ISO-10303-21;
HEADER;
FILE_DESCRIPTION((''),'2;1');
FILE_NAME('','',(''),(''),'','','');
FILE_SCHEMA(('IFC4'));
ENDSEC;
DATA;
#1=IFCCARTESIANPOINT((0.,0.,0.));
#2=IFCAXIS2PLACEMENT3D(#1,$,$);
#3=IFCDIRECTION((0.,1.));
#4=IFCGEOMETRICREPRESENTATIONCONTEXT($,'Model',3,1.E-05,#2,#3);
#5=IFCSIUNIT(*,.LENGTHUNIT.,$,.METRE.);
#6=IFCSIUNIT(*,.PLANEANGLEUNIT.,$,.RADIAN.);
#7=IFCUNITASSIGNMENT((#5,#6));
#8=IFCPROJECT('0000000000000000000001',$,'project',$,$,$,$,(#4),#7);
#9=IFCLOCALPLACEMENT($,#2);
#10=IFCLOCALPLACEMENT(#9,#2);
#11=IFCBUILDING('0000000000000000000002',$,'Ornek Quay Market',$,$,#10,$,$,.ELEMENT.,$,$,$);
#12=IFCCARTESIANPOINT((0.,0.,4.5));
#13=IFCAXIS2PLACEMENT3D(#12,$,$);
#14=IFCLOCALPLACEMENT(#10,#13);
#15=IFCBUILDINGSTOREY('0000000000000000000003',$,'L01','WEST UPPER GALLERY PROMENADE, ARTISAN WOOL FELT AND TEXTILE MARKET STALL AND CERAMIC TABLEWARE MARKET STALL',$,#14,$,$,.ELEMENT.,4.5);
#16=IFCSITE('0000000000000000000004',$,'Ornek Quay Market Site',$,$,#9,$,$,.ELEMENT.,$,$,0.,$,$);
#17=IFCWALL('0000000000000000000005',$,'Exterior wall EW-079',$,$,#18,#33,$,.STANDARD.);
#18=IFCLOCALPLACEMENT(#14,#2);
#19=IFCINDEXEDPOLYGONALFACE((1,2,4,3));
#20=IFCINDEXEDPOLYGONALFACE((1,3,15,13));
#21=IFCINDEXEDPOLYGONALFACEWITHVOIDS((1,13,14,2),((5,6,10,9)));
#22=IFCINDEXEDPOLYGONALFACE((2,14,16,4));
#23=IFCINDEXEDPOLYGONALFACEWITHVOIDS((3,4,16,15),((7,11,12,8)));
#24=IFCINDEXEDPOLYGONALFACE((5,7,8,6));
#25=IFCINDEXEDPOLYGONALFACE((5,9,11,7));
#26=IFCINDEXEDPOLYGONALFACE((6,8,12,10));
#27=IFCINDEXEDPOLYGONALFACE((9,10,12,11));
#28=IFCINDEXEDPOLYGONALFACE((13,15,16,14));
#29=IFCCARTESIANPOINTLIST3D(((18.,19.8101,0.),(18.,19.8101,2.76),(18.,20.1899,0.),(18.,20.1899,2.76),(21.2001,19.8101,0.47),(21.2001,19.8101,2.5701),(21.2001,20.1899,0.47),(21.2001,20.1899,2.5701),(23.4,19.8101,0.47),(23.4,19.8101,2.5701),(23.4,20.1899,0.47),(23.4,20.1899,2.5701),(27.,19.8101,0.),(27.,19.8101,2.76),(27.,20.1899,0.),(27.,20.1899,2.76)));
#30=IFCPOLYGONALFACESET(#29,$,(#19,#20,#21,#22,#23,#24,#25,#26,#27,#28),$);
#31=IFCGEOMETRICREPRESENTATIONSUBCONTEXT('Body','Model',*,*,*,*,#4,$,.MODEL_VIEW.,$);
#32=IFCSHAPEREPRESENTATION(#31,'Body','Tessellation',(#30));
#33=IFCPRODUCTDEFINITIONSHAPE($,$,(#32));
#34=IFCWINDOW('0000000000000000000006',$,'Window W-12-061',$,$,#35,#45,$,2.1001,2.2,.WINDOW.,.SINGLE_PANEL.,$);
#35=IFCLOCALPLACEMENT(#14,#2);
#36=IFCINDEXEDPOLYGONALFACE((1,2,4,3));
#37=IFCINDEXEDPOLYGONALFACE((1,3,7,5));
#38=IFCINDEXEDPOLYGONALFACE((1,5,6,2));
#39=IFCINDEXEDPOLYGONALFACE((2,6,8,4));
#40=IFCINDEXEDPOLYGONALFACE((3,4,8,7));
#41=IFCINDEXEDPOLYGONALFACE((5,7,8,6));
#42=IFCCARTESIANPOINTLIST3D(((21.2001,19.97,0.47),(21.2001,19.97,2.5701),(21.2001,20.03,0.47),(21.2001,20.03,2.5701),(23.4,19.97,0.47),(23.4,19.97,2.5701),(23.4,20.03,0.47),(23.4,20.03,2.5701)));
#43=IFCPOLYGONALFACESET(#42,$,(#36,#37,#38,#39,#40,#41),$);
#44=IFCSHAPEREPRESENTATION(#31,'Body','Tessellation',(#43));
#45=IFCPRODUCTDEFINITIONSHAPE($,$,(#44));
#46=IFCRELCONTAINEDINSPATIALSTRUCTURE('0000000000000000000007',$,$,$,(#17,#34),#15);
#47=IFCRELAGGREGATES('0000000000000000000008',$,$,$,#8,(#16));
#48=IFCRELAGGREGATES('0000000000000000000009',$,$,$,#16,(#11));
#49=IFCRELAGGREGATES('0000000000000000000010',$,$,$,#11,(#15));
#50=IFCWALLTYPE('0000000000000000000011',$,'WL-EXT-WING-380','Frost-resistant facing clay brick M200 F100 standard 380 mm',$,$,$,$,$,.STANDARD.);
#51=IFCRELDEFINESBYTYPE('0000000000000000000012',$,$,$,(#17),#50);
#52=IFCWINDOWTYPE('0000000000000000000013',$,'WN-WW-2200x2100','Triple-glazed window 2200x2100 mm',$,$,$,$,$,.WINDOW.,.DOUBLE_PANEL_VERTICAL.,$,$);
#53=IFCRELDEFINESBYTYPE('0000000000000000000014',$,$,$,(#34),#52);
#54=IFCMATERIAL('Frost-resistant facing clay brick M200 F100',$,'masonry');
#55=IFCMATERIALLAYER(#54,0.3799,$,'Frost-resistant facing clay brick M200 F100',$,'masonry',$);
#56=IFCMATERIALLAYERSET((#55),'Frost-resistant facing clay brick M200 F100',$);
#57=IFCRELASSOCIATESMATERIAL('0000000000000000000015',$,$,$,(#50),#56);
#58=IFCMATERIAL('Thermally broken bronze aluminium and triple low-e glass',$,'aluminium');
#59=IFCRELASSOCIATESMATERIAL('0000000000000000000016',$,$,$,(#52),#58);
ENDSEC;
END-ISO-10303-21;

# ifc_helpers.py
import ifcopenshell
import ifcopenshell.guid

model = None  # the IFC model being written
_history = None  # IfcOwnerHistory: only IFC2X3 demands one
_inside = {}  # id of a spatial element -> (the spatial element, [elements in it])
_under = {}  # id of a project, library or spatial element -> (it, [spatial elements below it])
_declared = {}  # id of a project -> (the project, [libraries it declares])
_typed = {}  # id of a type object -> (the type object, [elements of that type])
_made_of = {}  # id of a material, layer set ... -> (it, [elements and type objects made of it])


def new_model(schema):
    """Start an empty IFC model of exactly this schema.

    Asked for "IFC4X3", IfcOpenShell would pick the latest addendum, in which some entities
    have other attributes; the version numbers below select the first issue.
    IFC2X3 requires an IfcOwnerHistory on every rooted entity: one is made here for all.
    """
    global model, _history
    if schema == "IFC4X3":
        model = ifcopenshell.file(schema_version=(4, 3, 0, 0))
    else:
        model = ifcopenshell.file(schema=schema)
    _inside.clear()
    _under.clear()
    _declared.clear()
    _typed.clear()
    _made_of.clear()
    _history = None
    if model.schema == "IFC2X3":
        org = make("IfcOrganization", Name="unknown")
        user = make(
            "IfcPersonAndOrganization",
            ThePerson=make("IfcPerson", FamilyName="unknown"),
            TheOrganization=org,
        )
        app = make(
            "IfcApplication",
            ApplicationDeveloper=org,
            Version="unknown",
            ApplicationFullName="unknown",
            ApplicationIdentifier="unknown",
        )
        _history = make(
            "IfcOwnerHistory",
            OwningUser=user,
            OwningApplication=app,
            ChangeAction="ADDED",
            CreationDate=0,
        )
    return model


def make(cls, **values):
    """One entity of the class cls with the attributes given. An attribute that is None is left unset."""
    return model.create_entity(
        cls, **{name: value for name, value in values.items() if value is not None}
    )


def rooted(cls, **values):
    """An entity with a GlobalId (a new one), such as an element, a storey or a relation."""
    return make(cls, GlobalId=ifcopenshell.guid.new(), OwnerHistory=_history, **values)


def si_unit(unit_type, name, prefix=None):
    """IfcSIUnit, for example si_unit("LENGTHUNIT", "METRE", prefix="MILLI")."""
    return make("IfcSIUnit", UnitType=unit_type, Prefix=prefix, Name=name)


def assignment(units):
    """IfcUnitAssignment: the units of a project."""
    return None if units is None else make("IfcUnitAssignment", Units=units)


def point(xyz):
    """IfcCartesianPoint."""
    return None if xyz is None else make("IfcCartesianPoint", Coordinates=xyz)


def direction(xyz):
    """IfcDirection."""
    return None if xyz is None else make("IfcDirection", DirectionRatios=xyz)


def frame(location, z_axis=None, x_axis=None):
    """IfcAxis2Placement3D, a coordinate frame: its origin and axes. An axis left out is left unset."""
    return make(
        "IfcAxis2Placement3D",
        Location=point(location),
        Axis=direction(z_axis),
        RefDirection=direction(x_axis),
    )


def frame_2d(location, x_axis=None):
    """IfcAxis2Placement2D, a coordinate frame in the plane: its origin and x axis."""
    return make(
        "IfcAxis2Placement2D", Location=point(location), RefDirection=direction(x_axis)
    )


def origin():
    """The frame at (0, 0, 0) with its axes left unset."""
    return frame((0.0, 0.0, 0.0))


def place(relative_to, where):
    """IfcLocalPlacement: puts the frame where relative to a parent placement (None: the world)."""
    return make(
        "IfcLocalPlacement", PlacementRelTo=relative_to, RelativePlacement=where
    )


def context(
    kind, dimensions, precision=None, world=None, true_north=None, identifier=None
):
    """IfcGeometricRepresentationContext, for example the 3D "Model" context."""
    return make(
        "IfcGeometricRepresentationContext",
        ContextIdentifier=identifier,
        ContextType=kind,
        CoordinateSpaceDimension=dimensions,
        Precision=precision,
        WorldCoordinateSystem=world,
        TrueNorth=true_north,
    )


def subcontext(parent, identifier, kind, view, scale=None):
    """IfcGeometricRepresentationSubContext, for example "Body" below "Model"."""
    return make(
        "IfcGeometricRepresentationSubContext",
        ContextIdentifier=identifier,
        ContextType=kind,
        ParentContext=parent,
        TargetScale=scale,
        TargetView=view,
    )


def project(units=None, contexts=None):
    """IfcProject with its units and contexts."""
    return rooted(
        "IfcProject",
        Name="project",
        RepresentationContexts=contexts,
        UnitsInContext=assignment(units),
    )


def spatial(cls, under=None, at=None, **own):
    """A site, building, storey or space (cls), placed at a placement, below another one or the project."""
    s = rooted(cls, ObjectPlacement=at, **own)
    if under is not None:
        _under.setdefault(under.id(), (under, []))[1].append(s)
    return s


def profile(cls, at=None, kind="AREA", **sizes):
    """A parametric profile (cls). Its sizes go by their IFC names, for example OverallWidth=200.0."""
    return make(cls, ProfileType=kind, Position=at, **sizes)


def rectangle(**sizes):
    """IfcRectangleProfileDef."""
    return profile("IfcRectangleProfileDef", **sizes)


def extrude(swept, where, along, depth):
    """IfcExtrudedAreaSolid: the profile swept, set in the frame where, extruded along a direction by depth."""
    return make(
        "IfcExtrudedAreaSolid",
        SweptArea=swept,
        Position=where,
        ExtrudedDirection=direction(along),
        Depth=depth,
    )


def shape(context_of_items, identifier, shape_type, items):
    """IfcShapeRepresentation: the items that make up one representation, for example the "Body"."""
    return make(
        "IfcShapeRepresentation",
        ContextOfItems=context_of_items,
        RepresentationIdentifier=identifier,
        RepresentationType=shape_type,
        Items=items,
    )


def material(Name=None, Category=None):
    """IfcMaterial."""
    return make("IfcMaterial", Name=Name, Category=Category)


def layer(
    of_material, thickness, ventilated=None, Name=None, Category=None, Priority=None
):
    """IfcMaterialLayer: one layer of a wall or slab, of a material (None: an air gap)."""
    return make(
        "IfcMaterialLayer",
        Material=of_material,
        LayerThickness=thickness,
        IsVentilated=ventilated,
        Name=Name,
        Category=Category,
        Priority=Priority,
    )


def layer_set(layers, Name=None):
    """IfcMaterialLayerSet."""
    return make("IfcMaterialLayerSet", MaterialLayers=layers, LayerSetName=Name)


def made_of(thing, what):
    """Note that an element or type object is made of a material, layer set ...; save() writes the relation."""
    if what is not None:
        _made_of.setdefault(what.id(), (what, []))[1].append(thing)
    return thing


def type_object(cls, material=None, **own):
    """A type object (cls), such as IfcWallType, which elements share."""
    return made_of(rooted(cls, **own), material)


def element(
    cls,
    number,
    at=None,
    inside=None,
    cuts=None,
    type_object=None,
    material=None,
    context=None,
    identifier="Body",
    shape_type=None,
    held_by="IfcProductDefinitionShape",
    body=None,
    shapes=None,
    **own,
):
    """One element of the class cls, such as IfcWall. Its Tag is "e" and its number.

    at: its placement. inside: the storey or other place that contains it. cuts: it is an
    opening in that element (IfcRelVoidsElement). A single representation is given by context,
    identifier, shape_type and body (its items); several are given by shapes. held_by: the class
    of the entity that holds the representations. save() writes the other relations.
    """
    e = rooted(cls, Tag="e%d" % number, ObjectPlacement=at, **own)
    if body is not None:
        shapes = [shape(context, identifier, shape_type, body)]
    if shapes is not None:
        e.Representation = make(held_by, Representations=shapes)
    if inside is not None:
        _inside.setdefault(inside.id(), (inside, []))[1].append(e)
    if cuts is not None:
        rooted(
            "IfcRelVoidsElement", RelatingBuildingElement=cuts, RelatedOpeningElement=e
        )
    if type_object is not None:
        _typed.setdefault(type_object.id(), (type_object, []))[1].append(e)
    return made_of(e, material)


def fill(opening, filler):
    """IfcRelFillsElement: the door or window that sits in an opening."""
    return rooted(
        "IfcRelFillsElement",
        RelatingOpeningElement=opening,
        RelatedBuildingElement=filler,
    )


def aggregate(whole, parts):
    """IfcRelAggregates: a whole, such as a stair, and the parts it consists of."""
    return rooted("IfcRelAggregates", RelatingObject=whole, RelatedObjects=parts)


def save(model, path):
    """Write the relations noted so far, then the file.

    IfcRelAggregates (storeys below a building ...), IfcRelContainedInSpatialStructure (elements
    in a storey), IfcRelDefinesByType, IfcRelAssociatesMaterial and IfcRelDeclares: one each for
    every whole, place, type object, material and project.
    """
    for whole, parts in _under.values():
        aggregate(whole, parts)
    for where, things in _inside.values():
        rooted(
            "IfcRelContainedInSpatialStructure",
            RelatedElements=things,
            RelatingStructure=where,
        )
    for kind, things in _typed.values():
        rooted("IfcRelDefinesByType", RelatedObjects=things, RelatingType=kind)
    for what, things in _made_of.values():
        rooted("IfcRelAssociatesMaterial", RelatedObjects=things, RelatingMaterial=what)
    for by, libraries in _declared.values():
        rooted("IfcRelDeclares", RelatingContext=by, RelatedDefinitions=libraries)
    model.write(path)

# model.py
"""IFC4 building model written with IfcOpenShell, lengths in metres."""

from ifc_helpers import new_model, si_unit, direction, frame, frame_2d, origin, place, context, subcontext, project, spatial, rectangle, extrude, material, layer, layer_set, type_object, element, fill, save


model = new_model("IFC4")

# Units and contexts
model_context = context("Model", 3, precision=1e-05, world=origin(), true_north=direction((0.0, 1.0)))
body_context = subcontext(model_context, "Body", "Model", "MODEL_VIEW")
ifc_project = project(units=[si_unit("LENGTHUNIT", "METRE"), si_unit("PLANEANGLEUNIT", "RADIAN")], contexts=[model_context])

# Site, building, storey
site_placement = place(None, origin())
site = spatial("IfcSite", under=ifc_project, at=site_placement, Name="Ornek Quay Market Site", CompositionType="ELEMENT", RefElevation=0.0)
building_placement = place(site_placement, origin())
building = spatial("IfcBuilding", under=site, at=building_placement, Name="Ornek Quay Market", CompositionType="ELEMENT")
storey_placement = place(building_placement, frame((0.0, 0.0, 4.5)))
storey = spatial("IfcBuildingStorey", under=building, at=storey_placement, Name="L01", Description="WEST UPPER GALLERY PROMENADE, ARTISAN WOOL FELT AND TEXTILE MARKET STALL AND CERAMIC TABLEWARE MARKET STALL", CompositionType="ELEMENT", Elevation=4.5)

# Wall, opening, window
ifc_material_1 = material(Name="Frost-resistant facing clay brick M200 F100", Category="masonry")
ifc_layer_1 = layer(ifc_material_1, 0.3799, Name="Frost-resistant facing clay brick M200 F100", Category="masonry")
ifc_layer_set_1 = layer_set([ifc_layer_1], Name="Frost-resistant facing clay brick M200 F100")
wall_type_1 = type_object("IfcWallType", Name="WL-EXT-WING-380", Description="Frost-resistant facing clay brick M200 F100 standard 380 mm", PredefinedType="STANDARD", material=ifc_layer_set_1)
ifc_material_2 = material(Name="Thermally broken bronze aluminium and triple low-e glass", Category="aluminium")
window_type = type_object("IfcWindowType", Name="WN-WW-2200x2100", Description="Triple-glazed window 2200x2100 mm", PartitioningType="DOUBLE_PANEL_VERTICAL", PredefinedType="WINDOW", material=ifc_material_2)
wall_1_placement = place(storey_placement, frame((18.0, 20.0, 0.0), z_axis=(0.0, 0.0, 1.0), x_axis=(1.0, 0.0, 0.0)))
wall_1 = element("IfcWall", 1, at=wall_1_placement, inside=storey, type_object=wall_type_1, Name="Exterior wall EW-079", PredefinedType="STANDARD", context=body_context, shape_type="SweptSolid", body=[
    extrude(rectangle(XDim=9.0, YDim=0.3799, at=frame_2d((4.5, 0.0))), origin(), (0.0, 0.0, 1.0), 2.76),
])
opening_1_placement = place(wall_1_placement, frame((3.2, 0.0, 0.47)))
opening_1 = element("IfcOpeningElement", 2, at=opening_1_placement, cuts=wall_1, PredefinedType="OPENING", context=body_context, shape_type="SweptSolid", body=[
    extrude(rectangle(XDim=2.2, YDim=2.1001, at=frame_2d((1.1001, 1.05))), frame((0.0, 0.2, 0.0), z_axis=(0.0, -1.0, 0.0), x_axis=(1.0, 0.0, 0.0)), (0.0, 0.0, 1.0), 0.3999),
])
window_1_placement = place(opening_1_placement, origin())
window_1 = element("IfcWindow", 3, at=window_1_placement, inside=storey, type_object=window_type, Name="Window W-12-061", OverallHeight=2.1001, OverallWidth=2.2, PartitioningType="SINGLE_PANEL", PredefinedType="WINDOW", context=body_context, shape_type="SweptSolid", body=[
    extrude(rectangle(XDim=2.2, YDim=2.1001, at=frame_2d((1.1001, 1.05))), frame((0.0, 0.03, 0.0), z_axis=(0.0, -1.0, 0.0), x_axis=(1.0, 0.0, 0.0)), (0.0, 0.0, 1.0), 0.0601),
])
fill(opening_1, window_1)

save(model, "model.ifc")
